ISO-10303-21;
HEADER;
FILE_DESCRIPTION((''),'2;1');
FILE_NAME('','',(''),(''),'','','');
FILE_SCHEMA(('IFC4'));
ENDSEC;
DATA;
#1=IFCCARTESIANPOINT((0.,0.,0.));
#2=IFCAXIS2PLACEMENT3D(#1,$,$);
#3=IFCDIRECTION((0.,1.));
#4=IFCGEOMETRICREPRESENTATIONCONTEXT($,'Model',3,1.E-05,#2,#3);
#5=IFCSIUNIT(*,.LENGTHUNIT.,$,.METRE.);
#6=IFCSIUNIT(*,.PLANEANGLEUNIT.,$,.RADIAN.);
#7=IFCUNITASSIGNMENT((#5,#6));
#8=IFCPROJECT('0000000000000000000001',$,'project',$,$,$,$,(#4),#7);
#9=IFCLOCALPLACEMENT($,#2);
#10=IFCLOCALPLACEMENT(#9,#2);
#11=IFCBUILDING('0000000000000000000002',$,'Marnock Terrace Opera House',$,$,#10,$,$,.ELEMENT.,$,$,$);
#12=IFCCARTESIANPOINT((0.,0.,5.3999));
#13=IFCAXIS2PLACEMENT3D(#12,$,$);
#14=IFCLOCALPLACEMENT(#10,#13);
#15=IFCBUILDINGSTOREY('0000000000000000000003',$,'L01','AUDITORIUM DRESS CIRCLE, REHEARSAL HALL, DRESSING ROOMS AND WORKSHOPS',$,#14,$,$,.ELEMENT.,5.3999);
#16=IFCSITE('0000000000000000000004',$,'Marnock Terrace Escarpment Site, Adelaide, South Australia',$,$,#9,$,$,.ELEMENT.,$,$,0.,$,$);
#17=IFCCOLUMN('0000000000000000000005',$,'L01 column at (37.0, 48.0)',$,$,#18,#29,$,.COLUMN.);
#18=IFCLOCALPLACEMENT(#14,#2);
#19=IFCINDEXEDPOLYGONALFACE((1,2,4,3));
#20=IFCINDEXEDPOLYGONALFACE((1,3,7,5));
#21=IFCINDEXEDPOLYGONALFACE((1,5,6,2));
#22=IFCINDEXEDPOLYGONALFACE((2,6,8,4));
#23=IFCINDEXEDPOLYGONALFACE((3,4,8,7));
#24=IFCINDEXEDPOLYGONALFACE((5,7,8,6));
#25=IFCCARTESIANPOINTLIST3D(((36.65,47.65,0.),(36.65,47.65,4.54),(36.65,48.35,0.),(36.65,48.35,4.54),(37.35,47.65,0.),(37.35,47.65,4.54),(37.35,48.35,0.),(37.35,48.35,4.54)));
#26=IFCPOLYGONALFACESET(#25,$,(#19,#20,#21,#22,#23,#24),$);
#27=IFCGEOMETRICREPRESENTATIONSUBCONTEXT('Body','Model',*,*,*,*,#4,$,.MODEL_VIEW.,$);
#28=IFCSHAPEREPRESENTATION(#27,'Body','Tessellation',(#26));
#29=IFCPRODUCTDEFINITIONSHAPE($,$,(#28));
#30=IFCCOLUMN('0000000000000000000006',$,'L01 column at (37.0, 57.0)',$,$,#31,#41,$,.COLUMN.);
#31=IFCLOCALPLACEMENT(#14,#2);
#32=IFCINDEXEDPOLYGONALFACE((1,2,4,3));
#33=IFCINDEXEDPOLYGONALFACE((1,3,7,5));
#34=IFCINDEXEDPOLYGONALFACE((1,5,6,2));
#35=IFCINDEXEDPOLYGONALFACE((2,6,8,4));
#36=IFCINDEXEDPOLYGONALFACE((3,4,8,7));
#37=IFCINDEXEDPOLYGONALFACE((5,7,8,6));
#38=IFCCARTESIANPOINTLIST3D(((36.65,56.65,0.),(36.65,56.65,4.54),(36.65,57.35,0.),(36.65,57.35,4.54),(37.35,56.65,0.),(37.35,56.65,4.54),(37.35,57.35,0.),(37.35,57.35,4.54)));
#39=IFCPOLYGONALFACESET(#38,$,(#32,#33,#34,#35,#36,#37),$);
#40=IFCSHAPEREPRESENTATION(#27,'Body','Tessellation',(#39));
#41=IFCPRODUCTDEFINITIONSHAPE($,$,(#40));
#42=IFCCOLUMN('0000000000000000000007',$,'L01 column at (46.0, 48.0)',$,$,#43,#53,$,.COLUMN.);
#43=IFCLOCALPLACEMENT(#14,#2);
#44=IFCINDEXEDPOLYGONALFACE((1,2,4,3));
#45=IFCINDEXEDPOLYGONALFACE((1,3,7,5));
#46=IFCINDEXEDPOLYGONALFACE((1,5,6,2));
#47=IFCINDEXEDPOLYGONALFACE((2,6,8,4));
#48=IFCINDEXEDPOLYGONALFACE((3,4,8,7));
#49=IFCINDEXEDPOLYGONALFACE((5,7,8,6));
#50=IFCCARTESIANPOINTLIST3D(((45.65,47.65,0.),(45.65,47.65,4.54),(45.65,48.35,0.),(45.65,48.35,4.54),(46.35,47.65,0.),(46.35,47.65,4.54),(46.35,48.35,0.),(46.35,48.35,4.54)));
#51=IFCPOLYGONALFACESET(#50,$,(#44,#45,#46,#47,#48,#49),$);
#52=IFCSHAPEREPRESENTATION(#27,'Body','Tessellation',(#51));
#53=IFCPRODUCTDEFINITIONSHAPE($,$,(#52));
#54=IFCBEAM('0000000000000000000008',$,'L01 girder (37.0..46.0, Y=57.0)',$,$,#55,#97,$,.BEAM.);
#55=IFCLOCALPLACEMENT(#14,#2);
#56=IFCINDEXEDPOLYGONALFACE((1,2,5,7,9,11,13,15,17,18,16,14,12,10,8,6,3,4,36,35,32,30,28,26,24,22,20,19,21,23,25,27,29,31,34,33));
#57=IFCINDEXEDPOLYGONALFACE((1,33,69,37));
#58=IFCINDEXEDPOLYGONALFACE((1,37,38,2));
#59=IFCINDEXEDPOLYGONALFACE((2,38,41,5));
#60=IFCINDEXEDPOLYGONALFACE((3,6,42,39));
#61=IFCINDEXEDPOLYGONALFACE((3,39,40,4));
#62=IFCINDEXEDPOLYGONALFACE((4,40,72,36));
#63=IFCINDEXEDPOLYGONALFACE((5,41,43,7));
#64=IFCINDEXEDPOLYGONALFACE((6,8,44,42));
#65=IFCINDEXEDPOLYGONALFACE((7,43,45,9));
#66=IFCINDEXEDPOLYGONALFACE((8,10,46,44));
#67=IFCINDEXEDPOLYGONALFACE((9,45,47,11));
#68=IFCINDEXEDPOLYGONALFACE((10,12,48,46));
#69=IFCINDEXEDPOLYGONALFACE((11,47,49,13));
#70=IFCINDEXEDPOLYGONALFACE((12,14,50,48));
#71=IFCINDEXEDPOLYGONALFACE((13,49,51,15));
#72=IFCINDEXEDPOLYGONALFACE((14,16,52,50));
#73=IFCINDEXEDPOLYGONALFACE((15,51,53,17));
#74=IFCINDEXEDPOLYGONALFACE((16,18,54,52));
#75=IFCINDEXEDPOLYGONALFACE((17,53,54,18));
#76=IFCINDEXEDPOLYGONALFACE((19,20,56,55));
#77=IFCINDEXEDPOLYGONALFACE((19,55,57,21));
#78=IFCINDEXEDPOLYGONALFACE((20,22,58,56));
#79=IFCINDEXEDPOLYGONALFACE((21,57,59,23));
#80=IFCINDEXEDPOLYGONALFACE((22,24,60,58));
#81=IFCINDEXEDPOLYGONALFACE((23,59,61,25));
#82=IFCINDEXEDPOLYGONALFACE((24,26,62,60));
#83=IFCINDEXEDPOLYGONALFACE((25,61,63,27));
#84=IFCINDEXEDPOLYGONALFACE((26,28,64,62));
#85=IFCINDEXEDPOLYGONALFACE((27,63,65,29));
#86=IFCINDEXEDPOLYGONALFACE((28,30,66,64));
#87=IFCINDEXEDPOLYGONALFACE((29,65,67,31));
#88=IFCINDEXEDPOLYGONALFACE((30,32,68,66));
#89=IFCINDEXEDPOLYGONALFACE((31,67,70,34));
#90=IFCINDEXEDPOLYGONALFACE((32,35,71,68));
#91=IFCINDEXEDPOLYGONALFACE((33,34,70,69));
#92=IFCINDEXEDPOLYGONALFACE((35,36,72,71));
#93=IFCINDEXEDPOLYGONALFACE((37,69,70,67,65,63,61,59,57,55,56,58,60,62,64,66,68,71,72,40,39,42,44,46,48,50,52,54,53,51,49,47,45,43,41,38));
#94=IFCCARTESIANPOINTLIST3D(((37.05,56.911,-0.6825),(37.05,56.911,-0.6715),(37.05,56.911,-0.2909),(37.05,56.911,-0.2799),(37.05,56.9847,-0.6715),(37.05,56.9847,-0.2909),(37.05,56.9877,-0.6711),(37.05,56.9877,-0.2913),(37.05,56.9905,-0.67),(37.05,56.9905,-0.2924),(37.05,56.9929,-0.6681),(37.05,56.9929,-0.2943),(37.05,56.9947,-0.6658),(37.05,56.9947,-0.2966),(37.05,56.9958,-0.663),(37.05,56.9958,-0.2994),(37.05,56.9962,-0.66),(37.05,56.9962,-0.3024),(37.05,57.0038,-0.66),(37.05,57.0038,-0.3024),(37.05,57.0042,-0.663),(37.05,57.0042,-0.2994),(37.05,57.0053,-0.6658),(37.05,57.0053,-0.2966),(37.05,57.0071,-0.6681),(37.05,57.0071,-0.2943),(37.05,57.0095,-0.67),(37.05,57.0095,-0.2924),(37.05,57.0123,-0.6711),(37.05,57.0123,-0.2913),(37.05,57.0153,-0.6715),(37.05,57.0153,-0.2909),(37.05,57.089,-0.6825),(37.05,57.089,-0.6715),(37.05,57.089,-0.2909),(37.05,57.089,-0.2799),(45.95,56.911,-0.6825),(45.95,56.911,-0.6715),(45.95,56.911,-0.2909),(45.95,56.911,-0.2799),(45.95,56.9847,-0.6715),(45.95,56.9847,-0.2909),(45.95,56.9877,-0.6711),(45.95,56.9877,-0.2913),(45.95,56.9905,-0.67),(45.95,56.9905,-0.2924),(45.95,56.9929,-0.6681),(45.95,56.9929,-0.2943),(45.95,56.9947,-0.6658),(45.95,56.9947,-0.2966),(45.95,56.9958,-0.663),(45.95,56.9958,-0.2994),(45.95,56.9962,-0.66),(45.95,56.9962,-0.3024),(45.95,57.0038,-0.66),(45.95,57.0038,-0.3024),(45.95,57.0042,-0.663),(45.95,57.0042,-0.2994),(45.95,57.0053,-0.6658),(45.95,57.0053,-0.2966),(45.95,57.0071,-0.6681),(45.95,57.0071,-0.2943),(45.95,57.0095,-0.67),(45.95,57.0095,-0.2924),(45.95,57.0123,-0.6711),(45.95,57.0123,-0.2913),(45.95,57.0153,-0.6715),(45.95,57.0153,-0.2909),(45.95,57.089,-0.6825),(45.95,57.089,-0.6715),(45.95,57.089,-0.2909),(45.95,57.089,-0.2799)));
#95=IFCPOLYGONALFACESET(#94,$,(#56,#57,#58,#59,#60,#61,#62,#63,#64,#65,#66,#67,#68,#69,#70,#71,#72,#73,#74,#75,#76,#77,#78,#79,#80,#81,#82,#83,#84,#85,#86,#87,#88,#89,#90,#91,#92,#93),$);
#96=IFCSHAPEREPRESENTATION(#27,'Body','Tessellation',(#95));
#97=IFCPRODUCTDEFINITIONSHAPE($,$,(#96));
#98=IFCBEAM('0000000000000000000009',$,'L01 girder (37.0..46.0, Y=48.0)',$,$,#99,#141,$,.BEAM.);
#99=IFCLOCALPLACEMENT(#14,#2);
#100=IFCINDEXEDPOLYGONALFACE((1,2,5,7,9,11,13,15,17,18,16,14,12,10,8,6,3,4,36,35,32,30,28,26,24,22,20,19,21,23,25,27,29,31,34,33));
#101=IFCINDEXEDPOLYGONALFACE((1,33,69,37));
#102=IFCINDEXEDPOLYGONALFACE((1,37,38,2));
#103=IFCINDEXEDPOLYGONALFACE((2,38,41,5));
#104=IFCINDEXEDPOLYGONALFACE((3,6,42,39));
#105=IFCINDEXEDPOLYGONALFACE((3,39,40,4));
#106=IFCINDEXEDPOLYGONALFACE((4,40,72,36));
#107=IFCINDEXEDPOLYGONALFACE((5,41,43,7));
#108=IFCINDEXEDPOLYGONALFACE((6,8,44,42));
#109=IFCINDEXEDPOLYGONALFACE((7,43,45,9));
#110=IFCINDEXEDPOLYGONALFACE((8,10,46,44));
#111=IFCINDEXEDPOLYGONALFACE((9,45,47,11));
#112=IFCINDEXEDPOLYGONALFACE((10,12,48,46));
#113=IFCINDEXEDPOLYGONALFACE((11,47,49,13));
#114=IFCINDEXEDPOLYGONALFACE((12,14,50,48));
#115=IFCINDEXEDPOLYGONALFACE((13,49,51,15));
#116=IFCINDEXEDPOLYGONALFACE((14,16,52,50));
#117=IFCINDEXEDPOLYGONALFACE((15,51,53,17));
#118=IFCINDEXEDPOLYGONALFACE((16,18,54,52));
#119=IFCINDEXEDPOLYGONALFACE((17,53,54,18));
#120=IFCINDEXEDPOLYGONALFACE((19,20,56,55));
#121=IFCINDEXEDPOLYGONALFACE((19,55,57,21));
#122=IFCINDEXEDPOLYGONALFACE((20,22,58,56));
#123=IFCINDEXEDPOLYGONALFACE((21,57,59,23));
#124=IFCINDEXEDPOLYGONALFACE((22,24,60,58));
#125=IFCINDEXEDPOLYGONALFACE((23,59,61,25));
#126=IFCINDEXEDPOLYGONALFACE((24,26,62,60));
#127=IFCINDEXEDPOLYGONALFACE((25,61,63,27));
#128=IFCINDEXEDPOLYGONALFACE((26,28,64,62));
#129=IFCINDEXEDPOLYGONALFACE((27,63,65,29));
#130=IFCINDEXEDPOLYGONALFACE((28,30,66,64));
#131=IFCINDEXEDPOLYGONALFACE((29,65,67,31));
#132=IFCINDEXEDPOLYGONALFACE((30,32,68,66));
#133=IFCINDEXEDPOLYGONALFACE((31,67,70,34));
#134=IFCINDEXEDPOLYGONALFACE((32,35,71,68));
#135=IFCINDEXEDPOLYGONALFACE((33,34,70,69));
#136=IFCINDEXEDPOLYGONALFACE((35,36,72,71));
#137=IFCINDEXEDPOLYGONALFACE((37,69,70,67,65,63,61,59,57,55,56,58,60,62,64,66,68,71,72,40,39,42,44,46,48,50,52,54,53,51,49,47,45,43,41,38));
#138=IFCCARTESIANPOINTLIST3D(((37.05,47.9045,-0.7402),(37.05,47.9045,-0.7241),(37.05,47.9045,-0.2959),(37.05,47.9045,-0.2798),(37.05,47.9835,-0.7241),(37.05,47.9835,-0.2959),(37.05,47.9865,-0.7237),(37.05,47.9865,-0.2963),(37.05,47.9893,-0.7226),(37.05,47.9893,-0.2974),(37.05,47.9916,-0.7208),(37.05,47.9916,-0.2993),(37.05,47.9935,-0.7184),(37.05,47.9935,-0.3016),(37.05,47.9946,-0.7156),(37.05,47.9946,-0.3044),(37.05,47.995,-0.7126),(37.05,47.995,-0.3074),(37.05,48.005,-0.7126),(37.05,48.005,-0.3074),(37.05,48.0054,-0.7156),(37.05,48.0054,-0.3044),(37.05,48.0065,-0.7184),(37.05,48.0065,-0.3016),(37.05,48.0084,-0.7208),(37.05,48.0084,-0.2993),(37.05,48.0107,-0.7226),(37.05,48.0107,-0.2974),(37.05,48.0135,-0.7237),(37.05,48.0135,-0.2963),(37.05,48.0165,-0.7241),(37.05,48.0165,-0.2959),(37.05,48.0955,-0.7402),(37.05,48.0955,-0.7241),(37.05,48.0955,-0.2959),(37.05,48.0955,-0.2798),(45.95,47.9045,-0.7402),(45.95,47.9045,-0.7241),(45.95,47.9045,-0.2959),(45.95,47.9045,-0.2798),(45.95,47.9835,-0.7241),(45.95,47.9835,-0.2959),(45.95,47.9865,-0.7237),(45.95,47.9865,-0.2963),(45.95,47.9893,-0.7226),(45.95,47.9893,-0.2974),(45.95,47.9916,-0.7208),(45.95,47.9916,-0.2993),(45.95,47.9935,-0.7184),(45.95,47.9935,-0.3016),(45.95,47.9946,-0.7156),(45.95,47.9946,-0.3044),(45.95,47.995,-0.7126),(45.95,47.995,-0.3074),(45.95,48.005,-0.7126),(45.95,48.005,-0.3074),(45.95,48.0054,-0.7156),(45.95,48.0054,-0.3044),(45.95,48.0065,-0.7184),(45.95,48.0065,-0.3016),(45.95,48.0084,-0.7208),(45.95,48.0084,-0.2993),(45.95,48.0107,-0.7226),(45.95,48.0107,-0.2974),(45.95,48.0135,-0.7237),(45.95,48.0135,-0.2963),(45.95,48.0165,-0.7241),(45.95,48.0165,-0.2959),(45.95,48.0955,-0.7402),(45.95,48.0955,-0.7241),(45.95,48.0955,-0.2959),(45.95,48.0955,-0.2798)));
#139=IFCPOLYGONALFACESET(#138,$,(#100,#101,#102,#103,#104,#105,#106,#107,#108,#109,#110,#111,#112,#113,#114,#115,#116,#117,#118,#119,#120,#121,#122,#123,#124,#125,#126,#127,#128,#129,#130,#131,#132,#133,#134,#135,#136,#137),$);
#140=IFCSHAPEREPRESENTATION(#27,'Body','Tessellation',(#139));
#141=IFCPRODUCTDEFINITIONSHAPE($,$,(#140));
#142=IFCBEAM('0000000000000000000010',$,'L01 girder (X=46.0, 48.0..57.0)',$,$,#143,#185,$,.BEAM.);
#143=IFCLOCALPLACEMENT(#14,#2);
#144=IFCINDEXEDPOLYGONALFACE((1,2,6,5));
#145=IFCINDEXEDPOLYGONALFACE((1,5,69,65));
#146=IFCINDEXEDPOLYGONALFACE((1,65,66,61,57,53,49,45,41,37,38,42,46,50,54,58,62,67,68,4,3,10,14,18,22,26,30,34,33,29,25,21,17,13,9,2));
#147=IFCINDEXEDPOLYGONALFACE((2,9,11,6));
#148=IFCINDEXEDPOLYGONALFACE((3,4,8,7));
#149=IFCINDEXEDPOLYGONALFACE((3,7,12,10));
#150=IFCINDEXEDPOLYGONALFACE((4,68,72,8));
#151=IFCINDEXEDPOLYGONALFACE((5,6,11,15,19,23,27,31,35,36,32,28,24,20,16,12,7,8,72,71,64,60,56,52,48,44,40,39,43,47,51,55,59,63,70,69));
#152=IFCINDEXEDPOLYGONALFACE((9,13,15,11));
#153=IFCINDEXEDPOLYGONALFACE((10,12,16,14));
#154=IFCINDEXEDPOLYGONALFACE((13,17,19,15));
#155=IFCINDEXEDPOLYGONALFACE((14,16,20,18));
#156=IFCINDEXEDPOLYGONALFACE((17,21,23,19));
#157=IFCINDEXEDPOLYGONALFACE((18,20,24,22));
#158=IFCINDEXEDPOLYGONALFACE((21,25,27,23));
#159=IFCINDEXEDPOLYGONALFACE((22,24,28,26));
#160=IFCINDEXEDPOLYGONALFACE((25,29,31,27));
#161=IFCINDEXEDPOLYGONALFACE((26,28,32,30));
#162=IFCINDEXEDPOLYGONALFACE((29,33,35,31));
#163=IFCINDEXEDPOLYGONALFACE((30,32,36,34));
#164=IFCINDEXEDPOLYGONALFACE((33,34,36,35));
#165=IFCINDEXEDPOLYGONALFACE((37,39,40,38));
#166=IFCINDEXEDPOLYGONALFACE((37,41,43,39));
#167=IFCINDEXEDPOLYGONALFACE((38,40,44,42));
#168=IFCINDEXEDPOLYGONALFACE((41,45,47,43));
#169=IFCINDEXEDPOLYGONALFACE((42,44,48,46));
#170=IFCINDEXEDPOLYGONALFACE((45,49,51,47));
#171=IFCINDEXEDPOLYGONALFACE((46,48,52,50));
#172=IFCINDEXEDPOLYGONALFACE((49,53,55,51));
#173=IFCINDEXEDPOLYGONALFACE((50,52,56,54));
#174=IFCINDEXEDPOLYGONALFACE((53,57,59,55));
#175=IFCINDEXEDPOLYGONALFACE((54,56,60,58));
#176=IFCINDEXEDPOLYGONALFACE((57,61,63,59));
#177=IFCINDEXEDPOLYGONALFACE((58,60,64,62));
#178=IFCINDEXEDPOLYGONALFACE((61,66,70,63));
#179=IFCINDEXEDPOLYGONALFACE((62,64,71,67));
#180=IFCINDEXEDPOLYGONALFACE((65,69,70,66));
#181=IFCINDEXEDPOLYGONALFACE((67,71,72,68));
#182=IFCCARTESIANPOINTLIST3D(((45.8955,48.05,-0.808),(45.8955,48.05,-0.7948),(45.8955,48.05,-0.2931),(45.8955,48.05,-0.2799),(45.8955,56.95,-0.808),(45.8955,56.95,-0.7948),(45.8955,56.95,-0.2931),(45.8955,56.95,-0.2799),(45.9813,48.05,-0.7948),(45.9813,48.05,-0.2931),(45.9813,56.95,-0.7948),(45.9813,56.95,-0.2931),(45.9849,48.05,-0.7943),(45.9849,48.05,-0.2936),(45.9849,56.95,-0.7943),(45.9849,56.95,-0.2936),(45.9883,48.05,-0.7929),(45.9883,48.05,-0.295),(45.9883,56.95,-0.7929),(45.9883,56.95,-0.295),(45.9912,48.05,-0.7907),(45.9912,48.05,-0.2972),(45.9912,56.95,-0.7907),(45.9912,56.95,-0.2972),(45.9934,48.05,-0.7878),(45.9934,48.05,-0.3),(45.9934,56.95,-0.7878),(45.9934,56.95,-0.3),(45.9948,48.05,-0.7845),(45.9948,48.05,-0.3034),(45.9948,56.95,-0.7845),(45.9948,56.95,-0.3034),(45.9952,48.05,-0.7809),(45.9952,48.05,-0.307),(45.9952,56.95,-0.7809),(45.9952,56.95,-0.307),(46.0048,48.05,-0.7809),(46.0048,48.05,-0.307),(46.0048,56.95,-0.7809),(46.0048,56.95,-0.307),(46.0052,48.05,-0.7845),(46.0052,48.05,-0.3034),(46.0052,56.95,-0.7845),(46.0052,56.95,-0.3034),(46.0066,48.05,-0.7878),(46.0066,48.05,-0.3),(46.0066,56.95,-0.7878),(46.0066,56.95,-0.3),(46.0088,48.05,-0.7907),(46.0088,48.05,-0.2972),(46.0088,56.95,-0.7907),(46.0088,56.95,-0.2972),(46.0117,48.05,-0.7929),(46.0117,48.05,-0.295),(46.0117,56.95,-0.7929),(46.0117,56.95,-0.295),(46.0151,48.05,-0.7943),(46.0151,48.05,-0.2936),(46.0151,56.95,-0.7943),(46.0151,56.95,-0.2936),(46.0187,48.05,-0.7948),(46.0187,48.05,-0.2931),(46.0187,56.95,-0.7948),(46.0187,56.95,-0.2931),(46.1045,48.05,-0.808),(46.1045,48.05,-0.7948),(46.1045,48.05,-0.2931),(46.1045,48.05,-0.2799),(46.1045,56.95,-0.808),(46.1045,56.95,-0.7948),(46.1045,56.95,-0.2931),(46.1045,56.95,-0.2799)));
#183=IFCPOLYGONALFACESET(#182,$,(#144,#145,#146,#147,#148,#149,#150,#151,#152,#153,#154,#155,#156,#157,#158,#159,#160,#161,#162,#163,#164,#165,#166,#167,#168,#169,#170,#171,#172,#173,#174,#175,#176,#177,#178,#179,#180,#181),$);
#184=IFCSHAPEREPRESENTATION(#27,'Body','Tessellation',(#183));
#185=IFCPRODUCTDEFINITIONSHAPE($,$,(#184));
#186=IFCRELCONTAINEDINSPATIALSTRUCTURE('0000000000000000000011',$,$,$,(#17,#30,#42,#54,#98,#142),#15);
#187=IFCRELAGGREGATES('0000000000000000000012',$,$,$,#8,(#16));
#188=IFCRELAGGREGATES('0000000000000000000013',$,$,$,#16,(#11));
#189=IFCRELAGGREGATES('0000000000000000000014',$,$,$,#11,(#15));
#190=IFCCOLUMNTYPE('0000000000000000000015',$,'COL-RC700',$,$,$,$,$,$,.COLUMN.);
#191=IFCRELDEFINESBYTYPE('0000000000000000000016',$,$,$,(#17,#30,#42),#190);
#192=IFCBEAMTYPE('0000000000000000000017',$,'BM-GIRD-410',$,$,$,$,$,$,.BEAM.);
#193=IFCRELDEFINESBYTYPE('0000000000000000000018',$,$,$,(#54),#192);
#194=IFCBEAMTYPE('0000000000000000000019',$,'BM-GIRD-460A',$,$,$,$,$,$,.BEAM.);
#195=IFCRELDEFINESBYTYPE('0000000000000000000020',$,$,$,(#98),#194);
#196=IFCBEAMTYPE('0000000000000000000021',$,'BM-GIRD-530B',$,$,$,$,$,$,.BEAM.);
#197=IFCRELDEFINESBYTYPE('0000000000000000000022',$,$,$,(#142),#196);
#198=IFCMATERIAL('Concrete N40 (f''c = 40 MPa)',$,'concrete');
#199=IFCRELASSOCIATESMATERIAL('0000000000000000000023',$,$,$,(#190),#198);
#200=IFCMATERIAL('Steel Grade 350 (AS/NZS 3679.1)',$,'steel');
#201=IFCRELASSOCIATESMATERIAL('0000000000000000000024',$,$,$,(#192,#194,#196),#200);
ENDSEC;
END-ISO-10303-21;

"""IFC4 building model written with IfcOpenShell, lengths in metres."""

from ifc_helpers import new_model, si_unit, direction, frame, origin, origin_2d, place, context, subcontext, project, spatial, rectangle, i_section, extrude, material, material_profile, profile_set, type_object, element, save


model = new_model("IFC4")

# Units and contexts
model_context = context("Model", 3, precision=1e-05, world=origin(), true_north=direction((0.0, 1.0)))
body_context = subcontext(model_context, "Body", "Model", "MODEL_VIEW")
ifc_project = project(units=[si_unit("LENGTHUNIT", "METRE"), si_unit("PLANEANGLEUNIT", "RADIAN")], contexts=[model_context])

# Site, building, storey
site_placement = place(None, origin())
site = spatial("IfcSite", under=ifc_project, at=site_placement, Name="Marnock Terrace Escarpment Site, Adelaide, South Australia", CompositionType="ELEMENT", RefElevation=0.0)
building_placement = place(site_placement, origin())
building = spatial("IfcBuilding", under=site, at=building_placement, Name="Marnock Terrace Opera House", CompositionType="ELEMENT")
storey_placement = place(building_placement, frame((0.0, 0.0, 5.3999)))
storey = spatial("IfcBuildingStorey", under=building, at=storey_placement, Name="L01", Description="AUDITORIUM DRESS CIRCLE, REHEARSAL HALL, DRESSING ROOMS AND WORKSHOPS", CompositionType="ELEMENT", Elevation=5.3999)

# Columns
ifc_material_1 = material(Name="Concrete N40 (f'c = 40 MPa)", Category="concrete")
ifc_material_profile_1 = material_profile(ifc_material_1, rectangle(XDim=0.7, YDim=0.7, at=origin_2d()))
ifc_profile_set_1 = profile_set([ifc_material_profile_1], Name="Concrete N40 (f'c = 40 MPa)")
column_type = type_object("IfcColumnType", Name="COL-RC700", PredefinedType="COLUMN", material=ifc_profile_set_1)
for number, where, z_axis, x_axis, name in (
    (1, (37.0, 48.0, 0.0), (0.0, 0.0, 1.0), (1.0, 0.0, 0.0), "L01 column at (37.0, 48.0)"),
    (2, (37.0, 57.0, 0.0), (0.0, 0.0, 1.0), (1.0, 0.0, 0.0), "L01 column at (37.0, 57.0)"),
    (3, (46.0, 48.0, 0.0), (0.0, 0.0, 1.0), (1.0, 0.0, 0.0), "L01 column at (46.0, 48.0)"),
):
    element("IfcColumn", number, at=place(storey_placement, frame(where, z_axis=z_axis, x_axis=x_axis)), inside=storey, type_object=column_type, Name=name, PredefinedType="COLUMN", context=body_context, shape_type="SweptSolid", body=[
        extrude(rectangle(XDim=0.7, YDim=0.7, at=origin_2d()), origin(), (0.0, 0.0, 1.0), 4.54),
    ])

# Beams
ifc_material_2 = material(Name="Steel Grade 350 (AS/NZS 3679.1)", Category="steel")
ifc_material_profile_2 = material_profile(ifc_material_2, i_section(OverallWidth=0.178, OverallDepth=0.4026, WebThickness=0.0076, FlangeThickness=0.011, FilletRadius=0.0115, at=origin_2d()))
ifc_profile_set_2 = profile_set([ifc_material_profile_2], Name="Steel Grade 350 (AS/NZS 3679.1)")
beam_type_1 = type_object("IfcBeamType", Name="BM-GIRD-410", PredefinedType="BEAM", material=ifc_profile_set_2)
beam_1_placement = place(storey_placement, frame((37.05, 57.0, -0.4812), z_axis=(1.0, 0.0, 0.0), x_axis=(0.0, 1.0, 0.0)))
element("IfcBeam", 4, at=beam_1_placement, inside=storey, type_object=beam_type_1, Name="L01 girder (37.0..46.0, Y=57.0)", PredefinedType="BEAM", context=body_context, shape_type="SweptSolid", body=[
    extrude(i_section(OverallWidth=0.178, OverallDepth=0.4026, WebThickness=0.0076, FlangeThickness=0.011, FilletRadius=0.0115, at=origin_2d()), origin(), (0.0, 0.0, 1.0), 8.8999),
])
ifc_material_profile_3 = material_profile(ifc_material_2, i_section(OverallWidth=0.1909, OverallDepth=0.4604, WebThickness=0.01, FlangeThickness=0.0161, FilletRadius=0.0115, at=origin_2d()))
ifc_profile_set_3 = profile_set([ifc_material_profile_3], Name="Steel Grade 350 (AS/NZS 3679.1)")
beam_type_2 = type_object("IfcBeamType", Name="BM-GIRD-460A", PredefinedType="BEAM", material=ifc_profile_set_3)
beam_2_placement = place(storey_placement, frame((37.05, 48.0, -0.51), z_axis=(1.0, 0.0, 0.0), x_axis=(0.0, 1.0, 0.0)))
element("IfcBeam", 5, at=beam_2_placement, inside=storey, type_object=beam_type_2, Name="L01 girder (37.0..46.0, Y=48.0)", PredefinedType="BEAM", context=body_context, shape_type="SweptSolid", body=[
    extrude(i_section(OverallWidth=0.1909, OverallDepth=0.4604, WebThickness=0.01, FlangeThickness=0.0161, FilletRadius=0.0115, at=origin_2d()), origin(), (0.0, 0.0, 1.0), 8.8999),
])
ifc_material_profile_4 = material_profile(ifc_material_2, i_section(OverallWidth=0.209, OverallDepth=0.5281, WebThickness=0.0095, FlangeThickness=0.0132, FilletRadius=0.0139, at=origin_2d()))
ifc_profile_set_4 = profile_set([ifc_material_profile_4], Name="Steel Grade 350 (AS/NZS 3679.1)")
beam_type_3 = type_object("IfcBeamType", Name="BM-GIRD-530B", PredefinedType="BEAM", material=ifc_profile_set_4)
beam_3_placement = place(storey_placement, frame((46.0, 48.05, -0.5439), z_axis=(0.0, 1.0, 0.0), x_axis=(-1.0, 0.0, 0.0)))
element("IfcBeam", 6, at=beam_3_placement, inside=storey, type_object=beam_type_3, Name="L01 girder (X=46.0, 48.0..57.0)", PredefinedType="BEAM", context=body_context, shape_type="SweptSolid", body=[
    extrude(i_section(OverallWidth=0.209, OverallDepth=0.5281, WebThickness=0.0095, FlangeThickness=0.0132, FilletRadius=0.0139, at=origin_2d()), origin(), (0.0, 0.0, 1.0), 8.8999),
])

save(model, "model.ifc")
